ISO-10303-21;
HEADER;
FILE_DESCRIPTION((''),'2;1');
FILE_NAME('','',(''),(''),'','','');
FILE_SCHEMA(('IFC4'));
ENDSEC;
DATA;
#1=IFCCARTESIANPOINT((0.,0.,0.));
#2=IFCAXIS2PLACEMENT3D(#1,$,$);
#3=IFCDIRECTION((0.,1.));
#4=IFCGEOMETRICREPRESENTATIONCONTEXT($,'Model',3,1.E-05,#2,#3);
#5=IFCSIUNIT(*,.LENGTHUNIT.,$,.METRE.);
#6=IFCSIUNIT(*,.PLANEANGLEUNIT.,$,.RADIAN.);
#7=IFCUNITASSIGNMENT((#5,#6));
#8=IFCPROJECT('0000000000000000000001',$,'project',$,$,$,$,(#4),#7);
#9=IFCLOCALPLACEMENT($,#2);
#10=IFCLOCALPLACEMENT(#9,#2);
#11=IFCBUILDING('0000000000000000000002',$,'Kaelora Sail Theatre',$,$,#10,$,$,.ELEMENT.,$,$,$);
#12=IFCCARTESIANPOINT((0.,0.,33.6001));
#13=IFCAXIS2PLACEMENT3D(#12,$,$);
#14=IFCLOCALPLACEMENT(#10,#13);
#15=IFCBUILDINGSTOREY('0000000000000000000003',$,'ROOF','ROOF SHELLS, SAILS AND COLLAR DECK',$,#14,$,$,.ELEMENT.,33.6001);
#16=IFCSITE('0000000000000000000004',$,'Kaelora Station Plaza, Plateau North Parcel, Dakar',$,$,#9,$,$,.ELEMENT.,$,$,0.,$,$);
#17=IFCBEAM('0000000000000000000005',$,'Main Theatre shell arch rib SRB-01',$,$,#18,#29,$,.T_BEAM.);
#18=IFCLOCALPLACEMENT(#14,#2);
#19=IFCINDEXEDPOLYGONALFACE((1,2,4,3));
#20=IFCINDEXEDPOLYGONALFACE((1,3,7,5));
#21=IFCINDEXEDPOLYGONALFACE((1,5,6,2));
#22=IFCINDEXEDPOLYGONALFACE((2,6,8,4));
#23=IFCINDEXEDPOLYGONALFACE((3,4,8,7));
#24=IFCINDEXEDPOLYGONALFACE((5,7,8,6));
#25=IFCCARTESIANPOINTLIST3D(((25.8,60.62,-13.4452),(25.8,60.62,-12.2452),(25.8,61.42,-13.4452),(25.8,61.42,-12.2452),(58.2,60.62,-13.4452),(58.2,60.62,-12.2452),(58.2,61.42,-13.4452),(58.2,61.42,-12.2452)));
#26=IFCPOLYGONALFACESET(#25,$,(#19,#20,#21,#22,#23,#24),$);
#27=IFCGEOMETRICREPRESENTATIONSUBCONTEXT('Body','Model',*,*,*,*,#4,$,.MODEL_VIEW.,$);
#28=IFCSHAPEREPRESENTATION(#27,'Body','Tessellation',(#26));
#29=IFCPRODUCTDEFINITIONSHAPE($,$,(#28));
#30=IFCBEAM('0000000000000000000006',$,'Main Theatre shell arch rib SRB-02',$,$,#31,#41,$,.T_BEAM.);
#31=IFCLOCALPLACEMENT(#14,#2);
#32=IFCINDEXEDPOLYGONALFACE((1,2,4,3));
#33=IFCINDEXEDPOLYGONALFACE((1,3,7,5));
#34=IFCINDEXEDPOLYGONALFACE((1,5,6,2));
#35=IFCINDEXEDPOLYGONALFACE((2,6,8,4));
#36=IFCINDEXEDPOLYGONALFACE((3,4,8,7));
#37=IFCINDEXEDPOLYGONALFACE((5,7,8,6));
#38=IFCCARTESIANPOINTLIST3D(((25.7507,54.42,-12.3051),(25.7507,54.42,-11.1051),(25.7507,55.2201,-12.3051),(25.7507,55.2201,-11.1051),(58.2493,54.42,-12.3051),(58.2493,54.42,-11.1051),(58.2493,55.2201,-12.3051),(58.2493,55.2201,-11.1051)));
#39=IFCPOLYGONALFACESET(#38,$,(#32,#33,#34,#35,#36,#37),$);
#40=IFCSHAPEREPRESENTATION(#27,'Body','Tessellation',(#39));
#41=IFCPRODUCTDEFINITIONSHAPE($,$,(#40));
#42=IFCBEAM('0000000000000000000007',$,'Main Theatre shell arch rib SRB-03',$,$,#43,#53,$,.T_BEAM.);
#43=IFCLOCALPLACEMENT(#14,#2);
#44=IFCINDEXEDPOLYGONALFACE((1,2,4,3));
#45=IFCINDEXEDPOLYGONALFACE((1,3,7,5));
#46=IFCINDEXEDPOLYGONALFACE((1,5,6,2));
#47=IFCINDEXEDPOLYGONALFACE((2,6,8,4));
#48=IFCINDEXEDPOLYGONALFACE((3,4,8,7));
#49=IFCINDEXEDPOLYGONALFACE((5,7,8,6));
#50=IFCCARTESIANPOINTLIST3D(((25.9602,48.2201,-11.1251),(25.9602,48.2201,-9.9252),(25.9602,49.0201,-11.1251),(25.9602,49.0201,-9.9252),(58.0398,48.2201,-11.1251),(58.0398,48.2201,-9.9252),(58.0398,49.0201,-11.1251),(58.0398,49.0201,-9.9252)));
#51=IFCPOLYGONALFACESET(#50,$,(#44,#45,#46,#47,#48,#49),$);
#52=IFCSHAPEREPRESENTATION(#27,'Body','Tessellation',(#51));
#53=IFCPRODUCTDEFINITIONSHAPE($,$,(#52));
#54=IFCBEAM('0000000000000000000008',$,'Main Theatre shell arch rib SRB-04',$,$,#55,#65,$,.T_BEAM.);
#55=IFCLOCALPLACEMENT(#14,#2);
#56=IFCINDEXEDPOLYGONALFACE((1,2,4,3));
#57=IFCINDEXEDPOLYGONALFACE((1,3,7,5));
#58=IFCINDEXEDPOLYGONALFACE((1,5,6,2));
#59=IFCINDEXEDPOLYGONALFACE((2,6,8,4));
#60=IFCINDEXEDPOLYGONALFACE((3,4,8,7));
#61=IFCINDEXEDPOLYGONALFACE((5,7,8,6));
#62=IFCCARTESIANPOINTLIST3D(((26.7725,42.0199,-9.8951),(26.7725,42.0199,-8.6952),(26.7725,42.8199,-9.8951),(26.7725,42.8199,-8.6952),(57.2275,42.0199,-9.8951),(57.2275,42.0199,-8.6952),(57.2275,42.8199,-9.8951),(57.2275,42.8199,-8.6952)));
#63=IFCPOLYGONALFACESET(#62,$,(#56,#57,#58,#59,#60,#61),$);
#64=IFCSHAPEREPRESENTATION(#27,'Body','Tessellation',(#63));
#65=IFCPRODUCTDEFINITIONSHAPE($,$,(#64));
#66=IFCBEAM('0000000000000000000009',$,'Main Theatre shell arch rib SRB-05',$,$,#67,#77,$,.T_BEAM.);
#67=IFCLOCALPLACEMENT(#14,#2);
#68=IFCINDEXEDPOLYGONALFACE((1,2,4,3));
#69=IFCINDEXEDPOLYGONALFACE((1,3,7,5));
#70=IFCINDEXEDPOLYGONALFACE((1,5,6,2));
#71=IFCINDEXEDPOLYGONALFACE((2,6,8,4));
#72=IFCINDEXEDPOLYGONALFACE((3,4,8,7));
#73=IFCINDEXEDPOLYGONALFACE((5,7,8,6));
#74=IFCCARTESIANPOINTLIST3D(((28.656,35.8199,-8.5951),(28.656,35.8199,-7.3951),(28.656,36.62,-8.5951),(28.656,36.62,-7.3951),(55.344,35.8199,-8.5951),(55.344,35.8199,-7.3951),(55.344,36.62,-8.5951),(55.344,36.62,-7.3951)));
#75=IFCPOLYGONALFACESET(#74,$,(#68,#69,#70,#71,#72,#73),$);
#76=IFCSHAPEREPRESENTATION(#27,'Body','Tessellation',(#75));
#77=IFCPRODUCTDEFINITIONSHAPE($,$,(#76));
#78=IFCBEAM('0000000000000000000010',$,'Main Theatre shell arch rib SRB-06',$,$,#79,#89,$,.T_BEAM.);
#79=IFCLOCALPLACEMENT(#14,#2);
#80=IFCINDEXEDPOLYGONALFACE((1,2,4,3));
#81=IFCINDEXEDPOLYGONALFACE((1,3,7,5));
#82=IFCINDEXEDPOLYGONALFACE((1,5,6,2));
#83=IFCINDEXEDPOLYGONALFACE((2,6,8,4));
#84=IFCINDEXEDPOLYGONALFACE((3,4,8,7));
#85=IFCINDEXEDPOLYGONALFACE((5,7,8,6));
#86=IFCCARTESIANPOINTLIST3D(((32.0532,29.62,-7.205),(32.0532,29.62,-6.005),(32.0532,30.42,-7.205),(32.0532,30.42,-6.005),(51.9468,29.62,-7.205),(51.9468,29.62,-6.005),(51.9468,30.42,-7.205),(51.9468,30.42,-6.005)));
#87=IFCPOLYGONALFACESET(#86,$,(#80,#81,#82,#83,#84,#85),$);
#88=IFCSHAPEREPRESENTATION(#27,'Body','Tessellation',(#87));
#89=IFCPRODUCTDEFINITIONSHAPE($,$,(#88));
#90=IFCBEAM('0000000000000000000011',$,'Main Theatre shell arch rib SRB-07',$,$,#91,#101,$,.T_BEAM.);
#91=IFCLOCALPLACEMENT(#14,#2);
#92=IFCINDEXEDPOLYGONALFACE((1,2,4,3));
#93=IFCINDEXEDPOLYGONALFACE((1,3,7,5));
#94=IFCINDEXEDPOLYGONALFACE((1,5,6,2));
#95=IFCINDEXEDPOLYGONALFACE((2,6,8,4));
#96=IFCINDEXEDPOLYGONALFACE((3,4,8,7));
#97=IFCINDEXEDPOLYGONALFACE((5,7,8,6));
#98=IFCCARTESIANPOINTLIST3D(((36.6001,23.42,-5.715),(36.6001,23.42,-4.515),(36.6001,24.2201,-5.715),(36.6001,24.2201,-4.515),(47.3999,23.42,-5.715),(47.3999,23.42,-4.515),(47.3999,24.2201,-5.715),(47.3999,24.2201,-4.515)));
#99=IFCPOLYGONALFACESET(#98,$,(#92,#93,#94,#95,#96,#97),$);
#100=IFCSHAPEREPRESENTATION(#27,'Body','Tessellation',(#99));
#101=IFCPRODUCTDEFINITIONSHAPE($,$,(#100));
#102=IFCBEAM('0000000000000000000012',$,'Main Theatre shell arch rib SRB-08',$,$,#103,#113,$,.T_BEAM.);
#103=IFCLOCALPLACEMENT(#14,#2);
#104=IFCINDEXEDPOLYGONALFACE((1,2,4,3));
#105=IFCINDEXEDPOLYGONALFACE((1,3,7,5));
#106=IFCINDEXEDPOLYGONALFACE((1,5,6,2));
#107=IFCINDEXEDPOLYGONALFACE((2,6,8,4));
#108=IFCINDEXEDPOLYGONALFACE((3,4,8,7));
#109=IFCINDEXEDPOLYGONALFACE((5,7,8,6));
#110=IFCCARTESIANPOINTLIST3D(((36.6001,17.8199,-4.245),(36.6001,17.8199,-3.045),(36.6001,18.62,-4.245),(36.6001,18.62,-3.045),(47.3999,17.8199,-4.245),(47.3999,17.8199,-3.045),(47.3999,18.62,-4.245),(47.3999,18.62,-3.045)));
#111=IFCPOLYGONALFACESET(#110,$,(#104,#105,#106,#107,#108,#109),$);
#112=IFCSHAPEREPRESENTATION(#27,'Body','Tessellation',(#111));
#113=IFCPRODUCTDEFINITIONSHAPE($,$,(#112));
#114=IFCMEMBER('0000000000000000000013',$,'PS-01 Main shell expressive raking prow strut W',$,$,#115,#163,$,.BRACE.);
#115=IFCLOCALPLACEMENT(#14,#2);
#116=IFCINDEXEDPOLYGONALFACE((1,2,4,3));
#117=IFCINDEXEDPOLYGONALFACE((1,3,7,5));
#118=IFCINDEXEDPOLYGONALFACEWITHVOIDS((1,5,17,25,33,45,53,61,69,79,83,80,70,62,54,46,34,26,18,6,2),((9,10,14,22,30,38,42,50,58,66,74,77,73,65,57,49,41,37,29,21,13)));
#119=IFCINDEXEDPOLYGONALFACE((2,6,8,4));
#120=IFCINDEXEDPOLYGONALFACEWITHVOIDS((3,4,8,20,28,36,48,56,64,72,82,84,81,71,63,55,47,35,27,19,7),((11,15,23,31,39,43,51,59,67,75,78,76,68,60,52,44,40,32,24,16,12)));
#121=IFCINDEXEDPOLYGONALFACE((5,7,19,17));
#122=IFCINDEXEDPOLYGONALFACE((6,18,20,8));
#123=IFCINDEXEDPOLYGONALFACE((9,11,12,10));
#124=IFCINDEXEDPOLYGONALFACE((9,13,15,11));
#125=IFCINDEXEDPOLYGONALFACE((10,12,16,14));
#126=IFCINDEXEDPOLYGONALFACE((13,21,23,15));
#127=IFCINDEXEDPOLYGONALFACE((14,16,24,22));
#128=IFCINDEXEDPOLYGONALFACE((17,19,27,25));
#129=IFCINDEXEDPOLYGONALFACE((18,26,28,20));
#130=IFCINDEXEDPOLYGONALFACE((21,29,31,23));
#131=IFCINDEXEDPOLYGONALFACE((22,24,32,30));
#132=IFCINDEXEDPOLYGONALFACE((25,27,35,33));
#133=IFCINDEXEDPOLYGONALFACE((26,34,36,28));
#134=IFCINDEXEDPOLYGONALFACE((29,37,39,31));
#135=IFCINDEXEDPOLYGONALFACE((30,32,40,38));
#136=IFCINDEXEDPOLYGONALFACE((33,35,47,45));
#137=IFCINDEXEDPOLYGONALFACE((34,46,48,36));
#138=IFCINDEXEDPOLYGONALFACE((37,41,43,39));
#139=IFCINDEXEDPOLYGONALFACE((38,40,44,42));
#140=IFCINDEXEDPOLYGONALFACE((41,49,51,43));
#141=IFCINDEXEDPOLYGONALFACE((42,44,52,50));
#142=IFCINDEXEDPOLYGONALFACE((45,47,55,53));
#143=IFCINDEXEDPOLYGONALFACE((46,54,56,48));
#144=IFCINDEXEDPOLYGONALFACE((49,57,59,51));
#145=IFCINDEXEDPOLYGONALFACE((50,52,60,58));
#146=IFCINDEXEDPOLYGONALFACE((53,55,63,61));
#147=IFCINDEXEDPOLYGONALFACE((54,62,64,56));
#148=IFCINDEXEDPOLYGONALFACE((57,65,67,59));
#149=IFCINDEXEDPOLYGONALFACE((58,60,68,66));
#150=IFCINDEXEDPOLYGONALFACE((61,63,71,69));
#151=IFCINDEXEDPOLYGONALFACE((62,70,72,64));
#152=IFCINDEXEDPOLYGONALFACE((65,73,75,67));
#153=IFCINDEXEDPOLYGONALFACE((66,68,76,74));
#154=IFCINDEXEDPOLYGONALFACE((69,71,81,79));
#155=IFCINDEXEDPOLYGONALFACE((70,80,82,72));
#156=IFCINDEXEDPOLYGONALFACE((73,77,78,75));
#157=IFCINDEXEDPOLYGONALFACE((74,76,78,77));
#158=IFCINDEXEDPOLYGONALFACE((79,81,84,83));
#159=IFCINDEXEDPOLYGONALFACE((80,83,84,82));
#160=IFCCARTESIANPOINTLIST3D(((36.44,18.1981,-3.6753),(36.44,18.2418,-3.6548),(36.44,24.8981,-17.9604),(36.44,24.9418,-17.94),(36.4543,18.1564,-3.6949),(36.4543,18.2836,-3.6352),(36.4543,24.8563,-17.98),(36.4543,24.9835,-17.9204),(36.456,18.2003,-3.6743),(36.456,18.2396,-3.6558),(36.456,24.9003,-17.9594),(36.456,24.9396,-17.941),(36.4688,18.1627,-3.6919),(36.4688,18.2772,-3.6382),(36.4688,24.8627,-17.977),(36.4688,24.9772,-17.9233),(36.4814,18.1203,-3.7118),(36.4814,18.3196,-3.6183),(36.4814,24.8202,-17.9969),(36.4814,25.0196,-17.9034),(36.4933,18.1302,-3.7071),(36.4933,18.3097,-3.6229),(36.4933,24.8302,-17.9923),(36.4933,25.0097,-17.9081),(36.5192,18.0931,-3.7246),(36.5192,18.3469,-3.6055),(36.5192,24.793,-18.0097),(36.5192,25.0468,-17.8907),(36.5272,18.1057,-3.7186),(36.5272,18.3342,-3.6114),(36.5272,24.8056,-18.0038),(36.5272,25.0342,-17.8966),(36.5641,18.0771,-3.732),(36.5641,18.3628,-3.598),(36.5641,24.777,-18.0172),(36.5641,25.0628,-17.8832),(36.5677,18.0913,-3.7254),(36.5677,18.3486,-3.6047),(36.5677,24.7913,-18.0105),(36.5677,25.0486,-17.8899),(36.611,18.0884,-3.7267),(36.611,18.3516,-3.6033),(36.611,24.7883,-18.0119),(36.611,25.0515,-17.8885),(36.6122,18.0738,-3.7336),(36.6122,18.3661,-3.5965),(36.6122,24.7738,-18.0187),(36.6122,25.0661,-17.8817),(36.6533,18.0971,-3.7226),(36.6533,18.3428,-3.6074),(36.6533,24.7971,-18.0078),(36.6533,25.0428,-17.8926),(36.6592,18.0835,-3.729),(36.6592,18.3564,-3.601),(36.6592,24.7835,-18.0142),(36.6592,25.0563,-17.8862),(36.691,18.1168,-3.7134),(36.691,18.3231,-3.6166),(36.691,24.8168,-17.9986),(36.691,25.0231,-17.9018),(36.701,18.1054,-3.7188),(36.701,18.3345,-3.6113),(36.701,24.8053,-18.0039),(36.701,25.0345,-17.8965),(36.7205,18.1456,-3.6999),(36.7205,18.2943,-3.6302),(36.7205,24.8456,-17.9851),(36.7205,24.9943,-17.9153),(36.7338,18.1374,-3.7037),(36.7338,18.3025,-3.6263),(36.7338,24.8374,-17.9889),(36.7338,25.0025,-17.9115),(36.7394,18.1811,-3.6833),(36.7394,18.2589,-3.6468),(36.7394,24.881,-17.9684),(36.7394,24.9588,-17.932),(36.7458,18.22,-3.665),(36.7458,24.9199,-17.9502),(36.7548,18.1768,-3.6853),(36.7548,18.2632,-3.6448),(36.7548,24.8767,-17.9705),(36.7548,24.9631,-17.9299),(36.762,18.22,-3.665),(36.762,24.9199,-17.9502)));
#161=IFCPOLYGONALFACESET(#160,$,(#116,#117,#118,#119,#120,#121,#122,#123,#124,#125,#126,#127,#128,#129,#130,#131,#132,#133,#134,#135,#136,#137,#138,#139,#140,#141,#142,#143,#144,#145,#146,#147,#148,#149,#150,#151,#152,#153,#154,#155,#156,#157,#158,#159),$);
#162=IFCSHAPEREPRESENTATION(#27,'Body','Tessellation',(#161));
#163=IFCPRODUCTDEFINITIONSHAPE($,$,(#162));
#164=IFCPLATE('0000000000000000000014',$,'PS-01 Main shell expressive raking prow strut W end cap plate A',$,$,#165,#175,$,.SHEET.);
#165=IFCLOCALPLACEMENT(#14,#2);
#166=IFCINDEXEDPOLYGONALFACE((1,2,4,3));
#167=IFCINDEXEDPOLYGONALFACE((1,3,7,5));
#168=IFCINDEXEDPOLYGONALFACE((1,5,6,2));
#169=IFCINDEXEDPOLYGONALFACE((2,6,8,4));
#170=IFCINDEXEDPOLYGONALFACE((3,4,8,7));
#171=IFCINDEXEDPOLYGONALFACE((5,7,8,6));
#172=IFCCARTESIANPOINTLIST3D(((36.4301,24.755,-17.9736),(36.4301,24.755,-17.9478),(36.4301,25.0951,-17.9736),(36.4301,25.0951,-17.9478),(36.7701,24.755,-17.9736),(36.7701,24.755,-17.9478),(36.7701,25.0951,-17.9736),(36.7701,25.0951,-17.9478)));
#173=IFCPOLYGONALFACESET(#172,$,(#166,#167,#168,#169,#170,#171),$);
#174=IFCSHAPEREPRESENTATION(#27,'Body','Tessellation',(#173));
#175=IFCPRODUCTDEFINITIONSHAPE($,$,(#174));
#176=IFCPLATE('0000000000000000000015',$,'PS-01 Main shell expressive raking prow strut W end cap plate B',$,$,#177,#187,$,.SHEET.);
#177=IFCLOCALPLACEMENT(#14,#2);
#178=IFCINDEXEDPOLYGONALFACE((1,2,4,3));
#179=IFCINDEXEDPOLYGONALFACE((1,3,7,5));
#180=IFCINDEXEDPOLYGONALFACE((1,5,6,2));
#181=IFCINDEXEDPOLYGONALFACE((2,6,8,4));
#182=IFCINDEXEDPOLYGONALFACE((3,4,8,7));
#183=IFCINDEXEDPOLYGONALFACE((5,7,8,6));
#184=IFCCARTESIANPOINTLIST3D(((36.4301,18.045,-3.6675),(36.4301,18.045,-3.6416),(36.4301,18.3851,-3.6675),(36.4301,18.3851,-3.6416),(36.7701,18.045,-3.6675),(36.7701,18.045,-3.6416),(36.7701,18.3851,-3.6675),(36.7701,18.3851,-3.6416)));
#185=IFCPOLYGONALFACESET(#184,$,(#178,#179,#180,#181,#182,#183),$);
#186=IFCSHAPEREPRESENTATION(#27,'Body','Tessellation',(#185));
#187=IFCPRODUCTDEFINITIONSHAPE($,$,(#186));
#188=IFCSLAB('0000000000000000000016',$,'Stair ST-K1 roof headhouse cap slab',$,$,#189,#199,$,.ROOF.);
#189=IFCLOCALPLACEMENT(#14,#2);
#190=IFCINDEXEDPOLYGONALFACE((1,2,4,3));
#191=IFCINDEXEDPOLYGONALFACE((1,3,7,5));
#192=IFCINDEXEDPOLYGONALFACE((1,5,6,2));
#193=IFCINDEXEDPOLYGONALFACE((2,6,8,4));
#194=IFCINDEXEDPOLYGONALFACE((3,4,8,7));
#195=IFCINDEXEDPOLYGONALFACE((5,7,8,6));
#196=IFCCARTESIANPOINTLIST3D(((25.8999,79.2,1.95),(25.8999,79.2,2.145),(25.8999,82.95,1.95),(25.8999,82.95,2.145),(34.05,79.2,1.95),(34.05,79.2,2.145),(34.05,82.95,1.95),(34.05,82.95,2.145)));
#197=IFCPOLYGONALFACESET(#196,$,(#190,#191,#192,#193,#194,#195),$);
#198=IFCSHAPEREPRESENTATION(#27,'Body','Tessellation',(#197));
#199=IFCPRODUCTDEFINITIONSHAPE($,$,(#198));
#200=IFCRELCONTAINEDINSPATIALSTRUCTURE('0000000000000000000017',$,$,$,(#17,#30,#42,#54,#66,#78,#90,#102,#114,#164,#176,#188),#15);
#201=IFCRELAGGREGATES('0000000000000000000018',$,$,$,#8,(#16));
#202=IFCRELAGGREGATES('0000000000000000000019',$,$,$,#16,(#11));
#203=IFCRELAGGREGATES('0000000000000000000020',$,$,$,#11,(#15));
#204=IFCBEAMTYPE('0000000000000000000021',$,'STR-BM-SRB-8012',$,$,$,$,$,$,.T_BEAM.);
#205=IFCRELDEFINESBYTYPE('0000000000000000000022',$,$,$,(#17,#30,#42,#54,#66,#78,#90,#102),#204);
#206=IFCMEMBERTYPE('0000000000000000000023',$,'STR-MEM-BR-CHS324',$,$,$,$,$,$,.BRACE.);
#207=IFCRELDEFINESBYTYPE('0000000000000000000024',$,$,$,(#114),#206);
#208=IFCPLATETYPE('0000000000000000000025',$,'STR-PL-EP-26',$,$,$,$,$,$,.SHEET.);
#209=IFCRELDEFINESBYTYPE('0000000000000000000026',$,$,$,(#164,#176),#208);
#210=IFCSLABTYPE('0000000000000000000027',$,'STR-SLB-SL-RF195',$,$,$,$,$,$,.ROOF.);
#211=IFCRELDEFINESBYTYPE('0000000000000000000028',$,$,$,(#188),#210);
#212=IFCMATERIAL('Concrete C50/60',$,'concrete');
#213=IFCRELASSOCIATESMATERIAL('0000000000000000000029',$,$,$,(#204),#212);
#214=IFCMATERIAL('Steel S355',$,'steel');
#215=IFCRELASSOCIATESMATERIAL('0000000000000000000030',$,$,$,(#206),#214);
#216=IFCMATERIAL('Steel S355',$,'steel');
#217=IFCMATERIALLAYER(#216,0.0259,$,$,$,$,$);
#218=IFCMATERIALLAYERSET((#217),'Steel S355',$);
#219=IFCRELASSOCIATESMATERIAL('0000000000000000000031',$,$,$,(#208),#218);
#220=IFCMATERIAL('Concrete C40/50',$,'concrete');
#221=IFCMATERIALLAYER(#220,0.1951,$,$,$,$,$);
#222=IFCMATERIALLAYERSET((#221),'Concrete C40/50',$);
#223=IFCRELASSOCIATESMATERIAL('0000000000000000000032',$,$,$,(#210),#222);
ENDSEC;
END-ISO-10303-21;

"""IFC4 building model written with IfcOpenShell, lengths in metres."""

from ifc_helpers import new_model, si_unit, direction, frame, origin, origin_2d, place, context, subcontext, project, spatial, polyline, rectangle, hollow_circle, outline, extrude, material, layer, layer_set, material_profile, profile_set, type_object, element, save


model = new_model("IFC4")

# Units and contexts
model_context = context("Model", 3, precision=1e-05, world=origin(), true_north=direction((0.0, 1.0)))
body_context = subcontext(model_context, "Body", "Model", "MODEL_VIEW")
ifc_project = project(units=[si_unit("LENGTHUNIT", "METRE"), si_unit("PLANEANGLEUNIT", "RADIAN")], contexts=[model_context])

# Site, building, storey
site_placement = place(None, origin())
site = spatial("IfcSite", under=ifc_project, at=site_placement, Name="Kaelora Station Plaza, Plateau North Parcel, Dakar", CompositionType="ELEMENT", RefElevation=0.0)
building_placement = place(site_placement, origin())
building = spatial("IfcBuilding", under=site, at=building_placement, Name="Kaelora Sail Theatre", CompositionType="ELEMENT")
storey_placement = place(building_placement, frame((0.0, 0.0, 33.6001)))
storey = spatial("IfcBuildingStorey", under=building, at=storey_placement, Name="ROOF", Description="ROOF SHELLS, SAILS AND COLLAR DECK", CompositionType="ELEMENT", Elevation=33.6001)

# Beams
ifc_material_1 = material(Name="Concrete C50/60", Category="concrete")
ifc_material_profile_1 = material_profile(ifc_material_1, rectangle(XDim=0.8, YDim=1.2, at=origin_2d()), Name="RC-SRB 800x1200")
ifc_profile_set_1 = profile_set([ifc_material_profile_1], Name="Concrete C50/60")
beam_type_1 = type_object("IfcBeamType", Name="STR-BM-SRB-8012", PredefinedType="T_BEAM", material=ifc_profile_set_1)
beam_1_placement = place(storey_placement, frame((25.8, 61.02, -12.8452), z_axis=(1.0, 0.0, 0.0), x_axis=(0.0, 1.0, 0.0)))
element("IfcBeam", 1, at=beam_1_placement, inside=storey, type_object=beam_type_1, Name="Main Theatre shell arch rib SRB-01", PredefinedType="T_BEAM", context=body_context, shape_type="SweptSolid", body=[
    extrude(rectangle(XDim=0.8, YDim=1.2, at=origin_2d()), origin(), (0.0, 0.0, 1.0), 32.3999),
])
beam_2_placement = place(storey_placement, frame((25.7507, 54.8201, -11.7051), z_axis=(1.0, 0.0, 0.0), x_axis=(0.0, 1.0, 0.0)))
element("IfcBeam", 2, at=beam_2_placement, inside=storey, type_object=beam_type_1, Name="Main Theatre shell arch rib SRB-02", PredefinedType="T_BEAM", context=body_context, shape_type="SweptSolid", body=[
    extrude(rectangle(XDim=0.8, YDim=1.2, at=origin_2d()), origin(), (0.0, 0.0, 1.0), 32.4985),
])
beam_3_placement = place(storey_placement, frame((25.9602, 48.6201, -10.5251), z_axis=(1.0, 0.0, 0.0), x_axis=(0.0, 1.0, 0.0)))
element("IfcBeam", 3, at=beam_3_placement, inside=storey, type_object=beam_type_1, Name="Main Theatre shell arch rib SRB-03", PredefinedType="T_BEAM", context=body_context, shape_type="SweptSolid", body=[
    extrude(rectangle(XDim=0.8, YDim=1.2, at=origin_2d()), origin(), (0.0, 0.0, 1.0), 32.0796),
])
beam_4_placement = place(storey_placement, frame((26.7725, 42.4199, -9.2952), z_axis=(1.0, 0.0, 0.0), x_axis=(0.0, 1.0, 0.0)))
element("IfcBeam", 4, at=beam_4_placement, inside=storey, type_object=beam_type_1, Name="Main Theatre shell arch rib SRB-04", PredefinedType="T_BEAM", context=body_context, shape_type="SweptSolid", body=[
    extrude(rectangle(XDim=0.8, YDim=1.2, at=origin_2d()), origin(), (0.0, 0.0, 1.0), 30.4551),
])
beam_5_placement = place(storey_placement, frame((28.656, 36.22, -7.9951), z_axis=(1.0, 0.0, 0.0), x_axis=(0.0, 1.0, 0.0)))
element("IfcBeam", 5, at=beam_5_placement, inside=storey, type_object=beam_type_1, Name="Main Theatre shell arch rib SRB-05", PredefinedType="T_BEAM", context=body_context, shape_type="SweptSolid", body=[
    extrude(rectangle(XDim=0.8, YDim=1.2, at=origin_2d()), origin(), (0.0, 0.0, 1.0), 26.688),
])
beam_6_placement = place(storey_placement, frame((32.0532, 30.02, -6.605), z_axis=(1.0, 0.0, 0.0), x_axis=(0.0, 1.0, 0.0)))
element("IfcBeam", 6, at=beam_6_placement, inside=storey, type_object=beam_type_1, Name="Main Theatre shell arch rib SRB-06", PredefinedType="T_BEAM", context=body_context, shape_type="SweptSolid", body=[
    extrude(rectangle(XDim=0.8, YDim=1.2, at=origin_2d()), origin(), (0.0, 0.0, 1.0), 19.8936),
])
for number, where, z_axis, x_axis, name in (
    (7, (36.6001, 23.8201, -5.115), (1.0, 0.0, 0.0), (0.0, 1.0, 0.0), "Main Theatre shell arch rib SRB-07"),
    (8, (36.6001, 18.22, -3.645), (1.0, 0.0, 0.0), (0.0, 1.0, 0.0), "Main Theatre shell arch rib SRB-08"),
):
    element("IfcBeam", number, at=place(storey_placement, frame(where, z_axis=z_axis, x_axis=x_axis)), inside=storey, type_object=beam_type_1, Name=name, PredefinedType="T_BEAM", context=body_context, shape_type="SweptSolid", body=[
        extrude(rectangle(XDim=0.8, YDim=1.2, at=origin_2d()), origin(), (0.0, 0.0, 1.0), 10.7998),
    ])

# Member
ifc_material_2 = material(Name="Steel S355", Category="steel")
ifc_material_profile_2 = material_profile(ifc_material_2, hollow_circle(Radius=0.1619, WallThickness=0.0161, at=origin_2d()), Name="CHS 323.9x16.0")
ifc_profile_set_2 = profile_set([ifc_material_profile_2], Name="Steel S355")
member_type = type_object("IfcMemberType", Name="STR-MEM-BR-CHS324", PredefinedType="BRACE", material=ifc_profile_set_2)
member_placement = place(storey_placement, frame((36.6001, 24.9199, -17.9502), z_axis=(0.0, -0.42463, 0.905367), x_axis=(1.0, 0.0, 0.0)))
element("IfcMember", 9, at=member_placement, inside=storey, type_object=member_type, Name="PS-01 Main shell expressive raking prow strut W", PredefinedType="BRACE", context=body_context, shape_type="SweptSolid", body=[
    extrude(hollow_circle(Radius=0.1619, WallThickness=0.0161, at=origin_2d()), origin(), (0.0, 0.0, 1.0), 15.7783),
])

# Plates
ifc_material_3 = material(Name="Steel S355", Category="steel")
ifc_layer_1 = layer(ifc_material_3, 0.0259)
ifc_layer_set_1 = layer_set([ifc_layer_1], Name="Steel S355")
plate_type = type_object("IfcPlateType", Name="STR-PL-EP-26", PredefinedType="SHEET", material=ifc_layer_set_1)
for number, where, z_axis, x_axis, name in (
    (10, (36.6001, 24.925, -17.9736), (0.0, 0.0, 1.0), (1.0, 0.0, 0.0), "PS-01 Main shell expressive raking prow strut W end cap plate A"),
    (11, (36.6001, 18.2151, -3.6675), (0.0, 0.0, 1.0), (1.0, 0.0, 0.0), "PS-01 Main shell expressive raking prow strut W end cap plate B"),
):
    element("IfcPlate", number, at=place(storey_placement, frame(where, z_axis=z_axis, x_axis=x_axis)), inside=storey, type_object=plate_type, Name=name, PredefinedType="SHEET", context=body_context, shape_type="SweptSolid", body=[
        extrude(rectangle(XDim=0.3401, YDim=0.3401, at=origin_2d()), origin(), (0.0, 0.0, 1.0), 0.0259),
    ])

# Slab
ifc_material_4 = material(Name="Concrete C40/50", Category="concrete")
ifc_layer_2 = layer(ifc_material_4, 0.1951)
ifc_layer_set_2 = layer_set([ifc_layer_2], Name="Concrete C40/50")
slab_type_1 = type_object("IfcSlabType", Name="STR-SLB-SL-RF195", PredefinedType="ROOF", material=ifc_layer_set_2)
slab_1_placement = place(storey_placement, frame((0.0, 0.0, 1.95)))
element("IfcSlab", 12, at=slab_1_placement, inside=storey, type_object=slab_type_1, Name="Stair ST-K1 roof headhouse cap slab", PredefinedType="ROOF", context=body_context, shape_type="SweptSolid", body=[
    extrude(outline(polyline([(25.8999, 79.2), (34.05, 79.2), (34.05, 82.95), (25.8999, 82.95), (25.8999, 79.2)])), origin(), (0.0, 0.0, 1.0), 0.1951),
])

save(model, "model.ifc")
